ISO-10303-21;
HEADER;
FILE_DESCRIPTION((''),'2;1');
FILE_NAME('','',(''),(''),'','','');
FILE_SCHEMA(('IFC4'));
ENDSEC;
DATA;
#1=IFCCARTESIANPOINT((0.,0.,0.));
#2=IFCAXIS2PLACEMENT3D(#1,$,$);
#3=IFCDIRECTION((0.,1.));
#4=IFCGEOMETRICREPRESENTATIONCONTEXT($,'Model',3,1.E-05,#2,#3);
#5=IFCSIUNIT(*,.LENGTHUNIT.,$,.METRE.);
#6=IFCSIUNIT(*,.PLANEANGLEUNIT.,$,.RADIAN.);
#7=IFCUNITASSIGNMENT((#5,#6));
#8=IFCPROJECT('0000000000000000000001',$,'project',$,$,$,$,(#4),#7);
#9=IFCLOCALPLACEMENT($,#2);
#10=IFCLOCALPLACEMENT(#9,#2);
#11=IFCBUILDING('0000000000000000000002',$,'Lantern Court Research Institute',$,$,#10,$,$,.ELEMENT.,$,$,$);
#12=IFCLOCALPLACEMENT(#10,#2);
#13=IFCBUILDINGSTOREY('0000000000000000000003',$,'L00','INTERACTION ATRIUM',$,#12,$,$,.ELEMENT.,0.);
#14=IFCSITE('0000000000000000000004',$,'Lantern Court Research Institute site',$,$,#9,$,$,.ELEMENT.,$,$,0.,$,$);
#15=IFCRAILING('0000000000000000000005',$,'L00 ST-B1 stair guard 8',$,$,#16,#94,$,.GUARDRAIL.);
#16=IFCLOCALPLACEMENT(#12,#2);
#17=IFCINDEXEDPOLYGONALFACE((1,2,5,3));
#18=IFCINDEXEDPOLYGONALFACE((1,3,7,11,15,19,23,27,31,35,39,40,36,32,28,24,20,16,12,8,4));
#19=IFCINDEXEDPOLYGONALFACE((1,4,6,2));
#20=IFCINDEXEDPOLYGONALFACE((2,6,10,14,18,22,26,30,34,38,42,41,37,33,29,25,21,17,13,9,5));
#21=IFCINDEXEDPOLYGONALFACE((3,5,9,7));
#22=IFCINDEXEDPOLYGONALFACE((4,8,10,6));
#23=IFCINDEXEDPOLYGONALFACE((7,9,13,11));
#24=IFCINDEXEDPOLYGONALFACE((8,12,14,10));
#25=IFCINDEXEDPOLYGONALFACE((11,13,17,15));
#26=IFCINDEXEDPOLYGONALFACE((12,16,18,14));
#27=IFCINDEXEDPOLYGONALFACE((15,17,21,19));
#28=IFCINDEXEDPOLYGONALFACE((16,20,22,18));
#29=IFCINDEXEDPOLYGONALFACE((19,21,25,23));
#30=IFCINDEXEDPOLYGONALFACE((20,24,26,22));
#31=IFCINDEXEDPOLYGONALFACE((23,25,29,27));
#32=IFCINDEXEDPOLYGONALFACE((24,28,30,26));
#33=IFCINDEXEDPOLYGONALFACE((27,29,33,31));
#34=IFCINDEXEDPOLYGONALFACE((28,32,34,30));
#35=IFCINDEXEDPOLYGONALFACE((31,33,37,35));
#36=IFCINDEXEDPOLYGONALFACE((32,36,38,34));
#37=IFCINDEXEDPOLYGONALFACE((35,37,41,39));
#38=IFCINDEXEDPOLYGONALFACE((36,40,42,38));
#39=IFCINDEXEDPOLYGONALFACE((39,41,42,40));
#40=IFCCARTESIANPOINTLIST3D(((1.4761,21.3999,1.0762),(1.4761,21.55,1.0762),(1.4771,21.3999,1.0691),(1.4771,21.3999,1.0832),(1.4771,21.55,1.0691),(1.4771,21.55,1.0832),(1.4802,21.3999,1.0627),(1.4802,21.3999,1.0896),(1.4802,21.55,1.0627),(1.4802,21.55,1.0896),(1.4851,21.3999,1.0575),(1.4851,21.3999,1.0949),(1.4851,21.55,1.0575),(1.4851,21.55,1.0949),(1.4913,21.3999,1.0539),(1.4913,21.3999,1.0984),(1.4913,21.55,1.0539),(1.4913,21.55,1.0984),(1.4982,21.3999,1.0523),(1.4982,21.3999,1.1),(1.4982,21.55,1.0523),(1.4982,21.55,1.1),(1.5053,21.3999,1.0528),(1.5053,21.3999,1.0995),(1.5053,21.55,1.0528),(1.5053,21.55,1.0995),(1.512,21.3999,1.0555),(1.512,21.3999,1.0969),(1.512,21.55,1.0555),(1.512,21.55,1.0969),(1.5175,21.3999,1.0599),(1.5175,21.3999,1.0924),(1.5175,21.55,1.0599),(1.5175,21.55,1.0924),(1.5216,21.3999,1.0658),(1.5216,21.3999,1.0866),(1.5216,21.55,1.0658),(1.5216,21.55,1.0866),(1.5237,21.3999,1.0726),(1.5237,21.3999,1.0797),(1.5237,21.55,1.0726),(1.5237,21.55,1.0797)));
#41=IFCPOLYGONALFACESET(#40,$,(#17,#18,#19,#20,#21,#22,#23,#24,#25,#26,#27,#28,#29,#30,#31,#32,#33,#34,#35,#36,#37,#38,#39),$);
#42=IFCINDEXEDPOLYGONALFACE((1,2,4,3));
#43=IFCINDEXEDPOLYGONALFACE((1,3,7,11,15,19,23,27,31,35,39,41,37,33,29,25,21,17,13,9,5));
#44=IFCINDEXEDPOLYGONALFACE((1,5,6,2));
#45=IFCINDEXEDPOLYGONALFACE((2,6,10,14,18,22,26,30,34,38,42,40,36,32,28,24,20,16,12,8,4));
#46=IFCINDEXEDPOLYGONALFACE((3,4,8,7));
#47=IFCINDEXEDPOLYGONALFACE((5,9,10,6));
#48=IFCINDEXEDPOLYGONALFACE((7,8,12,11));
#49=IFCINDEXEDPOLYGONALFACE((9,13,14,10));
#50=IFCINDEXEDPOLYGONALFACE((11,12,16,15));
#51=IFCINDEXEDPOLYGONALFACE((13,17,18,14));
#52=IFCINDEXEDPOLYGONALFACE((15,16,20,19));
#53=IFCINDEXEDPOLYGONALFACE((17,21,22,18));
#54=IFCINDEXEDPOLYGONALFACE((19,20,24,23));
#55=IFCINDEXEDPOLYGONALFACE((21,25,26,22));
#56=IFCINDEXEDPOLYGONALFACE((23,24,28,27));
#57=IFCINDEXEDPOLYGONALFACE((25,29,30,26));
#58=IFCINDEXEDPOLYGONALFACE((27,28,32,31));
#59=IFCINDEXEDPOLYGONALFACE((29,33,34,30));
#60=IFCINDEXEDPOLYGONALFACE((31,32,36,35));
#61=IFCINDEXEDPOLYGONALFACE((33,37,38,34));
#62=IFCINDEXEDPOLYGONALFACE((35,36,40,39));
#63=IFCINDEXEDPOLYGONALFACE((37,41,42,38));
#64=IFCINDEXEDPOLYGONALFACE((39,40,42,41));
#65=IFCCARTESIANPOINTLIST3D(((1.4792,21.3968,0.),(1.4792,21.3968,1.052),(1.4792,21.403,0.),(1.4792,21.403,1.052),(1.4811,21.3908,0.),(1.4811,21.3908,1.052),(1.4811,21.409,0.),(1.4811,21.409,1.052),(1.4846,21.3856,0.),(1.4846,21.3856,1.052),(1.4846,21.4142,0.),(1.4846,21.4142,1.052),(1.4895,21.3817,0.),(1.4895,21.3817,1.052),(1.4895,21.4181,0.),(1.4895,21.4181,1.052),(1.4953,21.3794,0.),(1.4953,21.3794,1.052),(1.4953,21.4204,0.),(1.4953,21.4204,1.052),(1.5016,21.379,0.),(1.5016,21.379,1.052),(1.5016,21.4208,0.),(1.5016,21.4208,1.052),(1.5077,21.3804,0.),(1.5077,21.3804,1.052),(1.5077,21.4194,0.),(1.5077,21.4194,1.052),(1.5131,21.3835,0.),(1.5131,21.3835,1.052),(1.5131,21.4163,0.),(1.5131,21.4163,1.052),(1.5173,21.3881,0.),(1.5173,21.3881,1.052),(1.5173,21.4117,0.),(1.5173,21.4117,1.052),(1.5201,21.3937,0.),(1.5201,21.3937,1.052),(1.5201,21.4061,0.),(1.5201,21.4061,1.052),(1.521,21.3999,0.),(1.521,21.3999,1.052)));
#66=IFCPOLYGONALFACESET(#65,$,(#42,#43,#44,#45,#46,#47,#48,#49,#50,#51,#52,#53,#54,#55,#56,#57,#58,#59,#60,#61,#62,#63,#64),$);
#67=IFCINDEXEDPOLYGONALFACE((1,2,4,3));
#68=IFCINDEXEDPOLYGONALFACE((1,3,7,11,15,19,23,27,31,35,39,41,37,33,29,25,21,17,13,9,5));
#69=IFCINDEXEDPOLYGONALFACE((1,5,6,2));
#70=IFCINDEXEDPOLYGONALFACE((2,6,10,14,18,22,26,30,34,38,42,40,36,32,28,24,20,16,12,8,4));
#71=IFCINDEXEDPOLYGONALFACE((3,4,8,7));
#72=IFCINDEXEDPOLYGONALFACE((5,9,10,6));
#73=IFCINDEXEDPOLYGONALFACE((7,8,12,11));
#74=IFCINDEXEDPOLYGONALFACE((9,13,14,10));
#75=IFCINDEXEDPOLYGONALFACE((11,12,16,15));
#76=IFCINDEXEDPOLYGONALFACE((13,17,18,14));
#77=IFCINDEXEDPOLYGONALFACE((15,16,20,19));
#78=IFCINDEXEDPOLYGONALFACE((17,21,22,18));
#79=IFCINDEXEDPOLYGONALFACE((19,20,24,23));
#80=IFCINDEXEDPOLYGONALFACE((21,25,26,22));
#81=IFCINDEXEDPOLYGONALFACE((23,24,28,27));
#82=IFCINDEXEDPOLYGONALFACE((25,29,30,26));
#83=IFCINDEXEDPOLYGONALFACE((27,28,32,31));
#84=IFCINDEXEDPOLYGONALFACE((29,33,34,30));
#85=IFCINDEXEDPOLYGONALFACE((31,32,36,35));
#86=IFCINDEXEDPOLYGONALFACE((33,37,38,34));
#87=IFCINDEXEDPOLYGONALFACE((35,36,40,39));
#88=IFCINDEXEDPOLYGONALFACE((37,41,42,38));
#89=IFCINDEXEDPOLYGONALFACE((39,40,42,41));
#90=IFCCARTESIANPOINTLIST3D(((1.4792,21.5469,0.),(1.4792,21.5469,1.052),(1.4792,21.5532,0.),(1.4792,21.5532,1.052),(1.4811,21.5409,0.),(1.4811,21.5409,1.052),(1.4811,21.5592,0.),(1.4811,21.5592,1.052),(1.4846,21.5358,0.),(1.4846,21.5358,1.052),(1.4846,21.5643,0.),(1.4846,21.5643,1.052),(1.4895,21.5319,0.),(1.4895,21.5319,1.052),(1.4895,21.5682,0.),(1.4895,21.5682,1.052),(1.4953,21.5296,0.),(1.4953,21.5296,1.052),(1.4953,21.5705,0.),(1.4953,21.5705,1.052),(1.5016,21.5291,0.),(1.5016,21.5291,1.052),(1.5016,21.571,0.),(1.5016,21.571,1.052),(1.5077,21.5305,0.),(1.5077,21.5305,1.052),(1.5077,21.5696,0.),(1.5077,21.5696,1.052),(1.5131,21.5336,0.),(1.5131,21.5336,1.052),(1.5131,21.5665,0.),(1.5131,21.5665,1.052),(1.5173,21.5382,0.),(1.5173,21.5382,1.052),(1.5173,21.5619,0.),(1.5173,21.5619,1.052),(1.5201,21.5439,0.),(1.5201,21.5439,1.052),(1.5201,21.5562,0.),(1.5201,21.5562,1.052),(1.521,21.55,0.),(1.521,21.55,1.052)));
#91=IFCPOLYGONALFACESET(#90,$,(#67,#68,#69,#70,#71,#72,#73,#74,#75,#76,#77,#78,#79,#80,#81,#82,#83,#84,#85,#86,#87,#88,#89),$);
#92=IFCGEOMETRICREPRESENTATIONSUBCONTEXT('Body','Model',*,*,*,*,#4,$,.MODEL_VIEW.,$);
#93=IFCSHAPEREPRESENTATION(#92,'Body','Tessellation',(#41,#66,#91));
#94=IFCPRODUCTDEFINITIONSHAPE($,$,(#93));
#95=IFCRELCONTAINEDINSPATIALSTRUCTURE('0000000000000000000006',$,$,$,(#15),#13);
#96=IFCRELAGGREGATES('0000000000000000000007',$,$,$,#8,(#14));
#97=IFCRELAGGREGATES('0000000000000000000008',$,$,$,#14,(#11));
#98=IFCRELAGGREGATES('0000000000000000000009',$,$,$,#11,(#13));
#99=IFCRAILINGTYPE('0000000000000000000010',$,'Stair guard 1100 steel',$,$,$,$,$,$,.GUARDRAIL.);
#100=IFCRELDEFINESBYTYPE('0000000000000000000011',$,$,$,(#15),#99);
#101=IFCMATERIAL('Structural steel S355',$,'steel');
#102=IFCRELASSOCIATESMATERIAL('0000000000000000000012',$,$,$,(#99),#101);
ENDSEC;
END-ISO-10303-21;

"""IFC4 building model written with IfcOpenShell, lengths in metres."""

from ifc_helpers import new_model, si_unit, direction, frame, origin, origin_2d, place, context, subcontext, project, spatial, circle, extrude, material, type_object, element, save


model = new_model("IFC4")

# Units and contexts
model_context = context("Model", 3, precision=1e-05, world=origin(), true_north=direction((0.0, 1.0)))
body_context = subcontext(model_context, "Body", "Model", "MODEL_VIEW")
ifc_project = project(units=[si_unit("LENGTHUNIT", "METRE"), si_unit("PLANEANGLEUNIT", "RADIAN")], contexts=[model_context])

# Site, building, storey
site_placement = place(None, origin())
site = spatial("IfcSite", under=ifc_project, at=site_placement, Name="Lantern Court Research Institute site", CompositionType="ELEMENT", RefElevation=0.0)
building_placement = place(site_placement, origin())
building = spatial("IfcBuilding", under=site, at=building_placement, Name="Lantern Court Research Institute", CompositionType="ELEMENT")
storey_placement = place(building_placement, origin())
storey = spatial("IfcBuildingStorey", under=building, at=storey_placement, Name="L00", Description="INTERACTION ATRIUM", CompositionType="ELEMENT", Elevation=0.0)

# Railing
ifc_material_1 = material(Name="Structural steel S355", Category="steel")
railing_type_1 = type_object("IfcRailingType", Name="Stair guard 1100 steel", PredefinedType="GUARDRAIL", material=ifc_material_1)
railing_1_placement = place(storey_placement, frame((1.5, 21.3999, 0.0)))
element("IfcRailing", 1, at=railing_1_placement, inside=storey, type_object=railing_type_1, Name="L00 ST-B1 stair guard 8", PredefinedType="GUARDRAIL", context=body_context, shape_type="SweptSolid", body=[
    extrude(circle(Radius=0.0239, at=origin_2d()), frame((0.0, 0.0, 1.0762), z_axis=(0.0, 1.0, 0.0), x_axis=(-1.0, 0.0, 0.0)), (0.0, 0.0, 1.0), 0.1501),
    extrude(circle(Radius=0.021, at=origin_2d()), origin(), (0.0, 0.0, 1.0), 1.052),
    extrude(circle(Radius=0.021, at=origin_2d()), frame((0.0, 0.1501, 0.0)), (0.0, 0.0, 1.0), 1.052),
])

save(model, "model.ifc")
